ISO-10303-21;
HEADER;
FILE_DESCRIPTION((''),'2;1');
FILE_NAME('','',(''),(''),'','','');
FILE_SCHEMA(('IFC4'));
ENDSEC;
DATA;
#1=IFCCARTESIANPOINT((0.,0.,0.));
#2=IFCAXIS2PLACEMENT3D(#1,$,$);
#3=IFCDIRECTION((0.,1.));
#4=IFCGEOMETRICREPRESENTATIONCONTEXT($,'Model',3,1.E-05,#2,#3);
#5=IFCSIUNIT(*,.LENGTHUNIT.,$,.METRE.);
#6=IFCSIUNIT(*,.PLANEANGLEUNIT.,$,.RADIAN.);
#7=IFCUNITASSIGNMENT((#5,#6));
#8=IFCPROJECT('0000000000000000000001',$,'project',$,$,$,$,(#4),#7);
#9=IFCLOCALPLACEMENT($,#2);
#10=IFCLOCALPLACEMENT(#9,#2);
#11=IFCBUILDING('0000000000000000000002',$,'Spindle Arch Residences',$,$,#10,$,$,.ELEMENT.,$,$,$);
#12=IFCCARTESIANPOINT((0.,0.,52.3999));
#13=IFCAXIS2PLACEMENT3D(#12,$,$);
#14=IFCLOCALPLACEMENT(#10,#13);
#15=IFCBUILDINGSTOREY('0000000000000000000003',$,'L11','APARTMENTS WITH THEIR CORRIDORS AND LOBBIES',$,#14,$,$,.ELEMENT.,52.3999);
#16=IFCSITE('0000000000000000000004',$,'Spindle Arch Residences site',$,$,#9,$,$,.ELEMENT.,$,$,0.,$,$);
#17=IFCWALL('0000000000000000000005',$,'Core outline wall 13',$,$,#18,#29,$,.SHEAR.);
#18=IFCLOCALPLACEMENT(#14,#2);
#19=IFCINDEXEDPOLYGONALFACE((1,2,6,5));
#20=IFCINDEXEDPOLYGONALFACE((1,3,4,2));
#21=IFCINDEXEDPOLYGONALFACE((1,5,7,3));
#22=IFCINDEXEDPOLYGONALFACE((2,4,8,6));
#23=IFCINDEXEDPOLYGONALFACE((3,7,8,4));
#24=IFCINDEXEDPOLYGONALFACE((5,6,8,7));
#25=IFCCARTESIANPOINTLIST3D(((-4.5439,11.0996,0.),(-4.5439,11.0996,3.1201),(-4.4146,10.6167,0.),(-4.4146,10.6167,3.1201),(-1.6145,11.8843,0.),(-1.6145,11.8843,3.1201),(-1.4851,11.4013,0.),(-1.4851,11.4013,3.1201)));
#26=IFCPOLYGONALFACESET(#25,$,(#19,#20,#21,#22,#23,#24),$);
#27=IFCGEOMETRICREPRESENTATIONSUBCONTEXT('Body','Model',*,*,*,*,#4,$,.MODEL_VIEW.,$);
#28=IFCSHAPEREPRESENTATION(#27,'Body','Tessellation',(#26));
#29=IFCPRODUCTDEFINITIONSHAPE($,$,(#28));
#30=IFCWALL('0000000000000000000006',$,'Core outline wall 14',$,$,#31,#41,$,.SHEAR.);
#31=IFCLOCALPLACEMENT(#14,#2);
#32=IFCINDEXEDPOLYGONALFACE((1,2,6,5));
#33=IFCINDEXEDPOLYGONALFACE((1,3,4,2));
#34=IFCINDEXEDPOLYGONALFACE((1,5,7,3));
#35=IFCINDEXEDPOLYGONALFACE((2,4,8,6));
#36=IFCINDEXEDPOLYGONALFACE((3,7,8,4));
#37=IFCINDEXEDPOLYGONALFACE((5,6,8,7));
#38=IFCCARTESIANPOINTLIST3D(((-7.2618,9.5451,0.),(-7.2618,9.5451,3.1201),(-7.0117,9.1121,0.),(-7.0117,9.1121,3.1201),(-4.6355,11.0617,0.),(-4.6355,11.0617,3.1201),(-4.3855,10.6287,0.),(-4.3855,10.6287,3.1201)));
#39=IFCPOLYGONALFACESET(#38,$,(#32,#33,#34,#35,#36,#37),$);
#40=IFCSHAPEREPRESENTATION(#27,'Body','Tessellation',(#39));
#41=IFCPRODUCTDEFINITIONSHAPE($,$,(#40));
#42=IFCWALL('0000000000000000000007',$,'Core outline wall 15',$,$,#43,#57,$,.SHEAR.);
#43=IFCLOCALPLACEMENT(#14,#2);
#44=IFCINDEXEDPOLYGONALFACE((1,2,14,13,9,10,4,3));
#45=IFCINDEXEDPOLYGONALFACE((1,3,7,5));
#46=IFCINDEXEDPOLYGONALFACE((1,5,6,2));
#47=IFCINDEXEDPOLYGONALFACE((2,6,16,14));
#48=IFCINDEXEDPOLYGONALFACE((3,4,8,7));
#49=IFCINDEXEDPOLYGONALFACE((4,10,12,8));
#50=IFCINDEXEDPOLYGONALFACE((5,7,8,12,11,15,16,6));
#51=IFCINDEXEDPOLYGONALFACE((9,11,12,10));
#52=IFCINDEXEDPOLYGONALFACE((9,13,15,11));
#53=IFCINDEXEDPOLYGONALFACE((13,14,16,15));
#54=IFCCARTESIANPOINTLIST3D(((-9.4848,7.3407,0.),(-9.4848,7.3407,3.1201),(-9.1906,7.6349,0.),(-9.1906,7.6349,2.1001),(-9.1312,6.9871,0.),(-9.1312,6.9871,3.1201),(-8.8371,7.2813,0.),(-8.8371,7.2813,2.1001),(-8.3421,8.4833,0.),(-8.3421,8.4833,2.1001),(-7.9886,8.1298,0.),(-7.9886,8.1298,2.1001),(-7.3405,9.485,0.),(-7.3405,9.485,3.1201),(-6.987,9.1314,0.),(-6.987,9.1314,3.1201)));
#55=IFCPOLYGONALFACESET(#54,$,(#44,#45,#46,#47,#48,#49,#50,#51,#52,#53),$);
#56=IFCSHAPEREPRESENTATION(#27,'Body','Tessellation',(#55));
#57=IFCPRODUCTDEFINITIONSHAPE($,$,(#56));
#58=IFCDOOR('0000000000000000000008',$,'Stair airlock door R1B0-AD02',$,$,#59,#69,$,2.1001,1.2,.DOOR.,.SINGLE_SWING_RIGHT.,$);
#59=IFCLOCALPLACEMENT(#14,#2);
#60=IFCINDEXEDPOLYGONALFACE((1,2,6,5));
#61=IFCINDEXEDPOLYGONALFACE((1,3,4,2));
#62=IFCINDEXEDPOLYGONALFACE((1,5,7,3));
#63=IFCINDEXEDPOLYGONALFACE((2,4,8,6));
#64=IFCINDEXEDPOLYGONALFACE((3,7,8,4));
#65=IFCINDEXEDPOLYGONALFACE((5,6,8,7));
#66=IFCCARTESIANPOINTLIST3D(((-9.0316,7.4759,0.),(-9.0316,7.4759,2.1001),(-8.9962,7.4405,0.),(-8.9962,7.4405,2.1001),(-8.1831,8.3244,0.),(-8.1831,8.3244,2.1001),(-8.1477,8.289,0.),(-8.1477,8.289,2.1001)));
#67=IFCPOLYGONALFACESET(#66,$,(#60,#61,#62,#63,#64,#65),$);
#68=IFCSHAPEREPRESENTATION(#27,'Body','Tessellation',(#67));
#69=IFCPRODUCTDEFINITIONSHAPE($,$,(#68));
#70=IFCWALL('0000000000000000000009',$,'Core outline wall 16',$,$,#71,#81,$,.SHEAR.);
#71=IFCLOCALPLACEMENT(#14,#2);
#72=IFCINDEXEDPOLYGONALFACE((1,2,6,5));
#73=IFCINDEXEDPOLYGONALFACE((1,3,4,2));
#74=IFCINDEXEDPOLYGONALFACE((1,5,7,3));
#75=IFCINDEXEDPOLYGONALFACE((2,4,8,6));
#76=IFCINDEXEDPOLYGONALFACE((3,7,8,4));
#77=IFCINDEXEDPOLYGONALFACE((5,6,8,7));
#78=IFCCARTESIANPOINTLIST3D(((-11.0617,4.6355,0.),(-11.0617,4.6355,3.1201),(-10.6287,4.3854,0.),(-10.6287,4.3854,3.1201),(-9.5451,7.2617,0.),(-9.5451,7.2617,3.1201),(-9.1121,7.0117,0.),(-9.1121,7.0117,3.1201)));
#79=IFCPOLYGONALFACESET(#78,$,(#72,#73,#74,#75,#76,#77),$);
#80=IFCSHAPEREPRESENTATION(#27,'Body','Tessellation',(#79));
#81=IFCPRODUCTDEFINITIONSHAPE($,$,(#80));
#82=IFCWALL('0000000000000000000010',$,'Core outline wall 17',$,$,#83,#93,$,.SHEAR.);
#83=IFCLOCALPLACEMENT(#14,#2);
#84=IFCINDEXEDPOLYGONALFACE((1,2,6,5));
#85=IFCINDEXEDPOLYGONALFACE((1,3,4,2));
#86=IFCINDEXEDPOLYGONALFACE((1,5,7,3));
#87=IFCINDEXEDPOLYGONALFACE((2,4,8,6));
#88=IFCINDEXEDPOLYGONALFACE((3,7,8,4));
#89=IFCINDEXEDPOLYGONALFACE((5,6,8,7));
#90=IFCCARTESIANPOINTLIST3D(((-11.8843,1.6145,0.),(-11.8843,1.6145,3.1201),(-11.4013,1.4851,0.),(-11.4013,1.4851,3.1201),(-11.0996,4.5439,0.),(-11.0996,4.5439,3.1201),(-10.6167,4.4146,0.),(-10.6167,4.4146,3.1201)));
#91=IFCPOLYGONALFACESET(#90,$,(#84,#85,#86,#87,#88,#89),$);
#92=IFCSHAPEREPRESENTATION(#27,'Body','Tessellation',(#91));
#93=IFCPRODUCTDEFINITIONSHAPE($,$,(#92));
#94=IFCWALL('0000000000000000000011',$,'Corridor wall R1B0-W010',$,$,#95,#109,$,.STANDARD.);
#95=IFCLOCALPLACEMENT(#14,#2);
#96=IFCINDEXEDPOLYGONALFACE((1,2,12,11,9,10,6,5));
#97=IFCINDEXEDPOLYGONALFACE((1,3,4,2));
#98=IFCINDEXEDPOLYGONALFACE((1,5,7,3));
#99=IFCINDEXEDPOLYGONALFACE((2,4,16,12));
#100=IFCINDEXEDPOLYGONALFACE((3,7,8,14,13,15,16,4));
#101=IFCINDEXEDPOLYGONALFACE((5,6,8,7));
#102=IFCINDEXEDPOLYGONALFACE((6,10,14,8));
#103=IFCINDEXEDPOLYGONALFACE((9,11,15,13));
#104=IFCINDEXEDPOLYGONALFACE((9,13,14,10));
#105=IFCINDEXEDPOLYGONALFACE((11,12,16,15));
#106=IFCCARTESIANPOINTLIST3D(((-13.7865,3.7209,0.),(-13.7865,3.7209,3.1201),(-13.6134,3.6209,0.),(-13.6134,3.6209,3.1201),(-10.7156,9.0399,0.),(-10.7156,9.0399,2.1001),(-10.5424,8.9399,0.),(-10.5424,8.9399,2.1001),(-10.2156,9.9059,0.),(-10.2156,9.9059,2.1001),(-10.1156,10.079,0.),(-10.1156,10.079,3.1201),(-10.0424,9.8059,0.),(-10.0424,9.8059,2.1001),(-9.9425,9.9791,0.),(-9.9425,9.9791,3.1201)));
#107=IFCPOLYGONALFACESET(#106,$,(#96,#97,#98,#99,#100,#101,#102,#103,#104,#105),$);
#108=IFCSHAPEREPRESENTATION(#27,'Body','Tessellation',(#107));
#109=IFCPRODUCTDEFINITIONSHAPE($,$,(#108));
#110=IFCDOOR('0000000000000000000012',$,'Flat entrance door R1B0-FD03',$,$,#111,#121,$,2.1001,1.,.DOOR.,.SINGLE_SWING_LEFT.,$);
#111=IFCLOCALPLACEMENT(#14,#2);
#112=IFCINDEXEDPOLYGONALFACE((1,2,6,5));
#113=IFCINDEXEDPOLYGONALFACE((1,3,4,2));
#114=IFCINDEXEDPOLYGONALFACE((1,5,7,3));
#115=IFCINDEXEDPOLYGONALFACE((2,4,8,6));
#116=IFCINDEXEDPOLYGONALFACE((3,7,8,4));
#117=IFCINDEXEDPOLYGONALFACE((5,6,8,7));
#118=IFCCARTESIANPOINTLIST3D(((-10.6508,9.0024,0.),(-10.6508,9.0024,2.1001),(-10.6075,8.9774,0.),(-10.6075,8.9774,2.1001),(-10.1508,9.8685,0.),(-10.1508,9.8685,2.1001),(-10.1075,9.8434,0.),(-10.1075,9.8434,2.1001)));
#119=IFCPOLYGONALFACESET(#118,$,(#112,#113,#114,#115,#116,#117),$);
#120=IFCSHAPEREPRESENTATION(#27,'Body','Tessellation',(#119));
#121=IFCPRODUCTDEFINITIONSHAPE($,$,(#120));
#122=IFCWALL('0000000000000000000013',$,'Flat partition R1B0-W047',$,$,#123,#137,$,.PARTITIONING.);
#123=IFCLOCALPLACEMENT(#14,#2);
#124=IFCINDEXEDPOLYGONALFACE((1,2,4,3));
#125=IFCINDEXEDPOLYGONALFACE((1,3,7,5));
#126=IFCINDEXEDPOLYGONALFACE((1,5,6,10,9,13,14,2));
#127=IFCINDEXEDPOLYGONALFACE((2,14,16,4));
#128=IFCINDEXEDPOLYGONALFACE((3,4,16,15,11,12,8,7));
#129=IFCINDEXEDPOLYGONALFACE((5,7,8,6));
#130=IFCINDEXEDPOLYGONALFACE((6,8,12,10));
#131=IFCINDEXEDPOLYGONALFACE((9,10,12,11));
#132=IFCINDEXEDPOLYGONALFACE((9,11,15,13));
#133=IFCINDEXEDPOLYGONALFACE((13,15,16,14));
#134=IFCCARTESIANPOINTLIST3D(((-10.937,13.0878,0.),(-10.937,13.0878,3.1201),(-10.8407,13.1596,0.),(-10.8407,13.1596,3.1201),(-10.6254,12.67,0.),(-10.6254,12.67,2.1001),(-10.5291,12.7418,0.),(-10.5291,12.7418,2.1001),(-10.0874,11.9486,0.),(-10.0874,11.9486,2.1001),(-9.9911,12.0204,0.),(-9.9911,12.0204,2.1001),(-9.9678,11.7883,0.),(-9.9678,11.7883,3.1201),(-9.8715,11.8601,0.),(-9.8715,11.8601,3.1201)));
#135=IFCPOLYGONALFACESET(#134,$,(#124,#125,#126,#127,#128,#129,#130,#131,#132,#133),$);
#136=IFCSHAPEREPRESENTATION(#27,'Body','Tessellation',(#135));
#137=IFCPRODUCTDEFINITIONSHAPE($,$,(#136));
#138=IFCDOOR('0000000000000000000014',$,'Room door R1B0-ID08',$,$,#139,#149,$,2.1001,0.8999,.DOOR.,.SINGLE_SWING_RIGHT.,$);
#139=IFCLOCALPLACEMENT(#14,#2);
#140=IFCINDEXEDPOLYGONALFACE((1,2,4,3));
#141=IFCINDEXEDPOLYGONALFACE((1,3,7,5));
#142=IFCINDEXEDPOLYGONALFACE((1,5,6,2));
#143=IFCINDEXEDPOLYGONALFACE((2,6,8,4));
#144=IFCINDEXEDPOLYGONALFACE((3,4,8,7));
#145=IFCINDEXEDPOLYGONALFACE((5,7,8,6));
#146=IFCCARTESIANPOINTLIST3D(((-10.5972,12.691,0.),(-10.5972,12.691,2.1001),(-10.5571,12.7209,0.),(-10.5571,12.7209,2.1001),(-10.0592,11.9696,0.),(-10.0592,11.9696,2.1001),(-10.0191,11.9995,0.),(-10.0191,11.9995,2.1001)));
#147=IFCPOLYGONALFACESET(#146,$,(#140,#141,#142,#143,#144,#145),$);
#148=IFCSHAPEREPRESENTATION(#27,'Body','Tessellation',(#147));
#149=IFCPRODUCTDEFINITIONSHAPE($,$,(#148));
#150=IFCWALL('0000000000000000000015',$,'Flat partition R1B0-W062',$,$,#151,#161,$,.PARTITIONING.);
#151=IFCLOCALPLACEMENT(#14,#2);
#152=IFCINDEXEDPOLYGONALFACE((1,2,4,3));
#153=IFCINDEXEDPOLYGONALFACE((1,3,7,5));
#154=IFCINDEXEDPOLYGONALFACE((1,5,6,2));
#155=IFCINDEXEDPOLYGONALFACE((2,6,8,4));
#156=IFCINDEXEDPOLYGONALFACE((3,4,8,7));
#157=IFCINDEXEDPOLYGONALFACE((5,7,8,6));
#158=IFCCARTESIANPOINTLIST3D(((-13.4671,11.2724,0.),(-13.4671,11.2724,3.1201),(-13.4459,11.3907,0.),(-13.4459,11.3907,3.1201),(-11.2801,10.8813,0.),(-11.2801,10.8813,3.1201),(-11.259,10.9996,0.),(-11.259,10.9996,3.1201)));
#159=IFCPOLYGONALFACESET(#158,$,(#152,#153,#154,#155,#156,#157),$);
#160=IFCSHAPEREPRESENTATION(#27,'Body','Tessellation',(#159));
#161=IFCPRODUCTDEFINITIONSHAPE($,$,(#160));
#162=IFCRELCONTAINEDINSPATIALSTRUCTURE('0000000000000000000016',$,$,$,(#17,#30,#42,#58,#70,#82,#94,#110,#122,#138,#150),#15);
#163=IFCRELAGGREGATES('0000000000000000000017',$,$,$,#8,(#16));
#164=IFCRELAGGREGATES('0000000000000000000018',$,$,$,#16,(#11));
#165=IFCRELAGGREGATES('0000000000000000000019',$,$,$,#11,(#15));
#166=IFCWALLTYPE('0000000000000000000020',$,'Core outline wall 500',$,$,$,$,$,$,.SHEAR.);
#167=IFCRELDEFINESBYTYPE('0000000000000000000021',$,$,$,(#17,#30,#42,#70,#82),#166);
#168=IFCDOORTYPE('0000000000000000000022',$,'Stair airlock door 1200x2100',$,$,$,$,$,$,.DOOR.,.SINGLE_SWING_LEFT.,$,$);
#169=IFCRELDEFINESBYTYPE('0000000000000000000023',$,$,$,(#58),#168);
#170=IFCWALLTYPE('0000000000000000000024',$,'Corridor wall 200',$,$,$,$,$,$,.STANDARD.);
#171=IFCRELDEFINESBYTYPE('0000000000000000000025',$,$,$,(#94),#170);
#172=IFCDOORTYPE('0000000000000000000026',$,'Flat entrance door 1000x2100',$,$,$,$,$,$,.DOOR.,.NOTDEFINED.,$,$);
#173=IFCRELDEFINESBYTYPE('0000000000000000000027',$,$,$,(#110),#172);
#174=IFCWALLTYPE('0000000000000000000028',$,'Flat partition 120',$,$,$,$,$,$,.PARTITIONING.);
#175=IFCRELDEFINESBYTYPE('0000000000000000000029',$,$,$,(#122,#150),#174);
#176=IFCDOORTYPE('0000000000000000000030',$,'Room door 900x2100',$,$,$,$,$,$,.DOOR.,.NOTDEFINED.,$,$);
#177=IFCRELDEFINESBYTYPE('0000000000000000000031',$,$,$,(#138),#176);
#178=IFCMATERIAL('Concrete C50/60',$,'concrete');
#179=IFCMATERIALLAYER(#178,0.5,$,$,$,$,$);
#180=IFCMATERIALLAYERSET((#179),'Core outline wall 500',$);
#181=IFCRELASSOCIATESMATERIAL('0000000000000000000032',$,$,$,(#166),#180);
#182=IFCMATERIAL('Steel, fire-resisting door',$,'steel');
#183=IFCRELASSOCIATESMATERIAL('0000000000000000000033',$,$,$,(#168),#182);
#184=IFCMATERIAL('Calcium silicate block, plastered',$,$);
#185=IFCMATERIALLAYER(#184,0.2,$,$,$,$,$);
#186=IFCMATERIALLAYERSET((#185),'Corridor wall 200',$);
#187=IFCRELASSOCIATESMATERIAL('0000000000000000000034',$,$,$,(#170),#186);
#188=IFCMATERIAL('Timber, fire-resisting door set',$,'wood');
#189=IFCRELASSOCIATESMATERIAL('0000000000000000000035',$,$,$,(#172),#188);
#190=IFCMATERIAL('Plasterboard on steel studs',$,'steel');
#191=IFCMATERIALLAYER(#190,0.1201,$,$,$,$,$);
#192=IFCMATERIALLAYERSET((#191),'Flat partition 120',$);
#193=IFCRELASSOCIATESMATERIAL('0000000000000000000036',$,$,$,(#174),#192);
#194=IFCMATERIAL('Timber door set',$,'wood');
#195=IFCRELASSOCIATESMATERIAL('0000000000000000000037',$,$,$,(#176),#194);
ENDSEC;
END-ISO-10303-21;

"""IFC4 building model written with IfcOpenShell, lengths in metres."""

from ifc_helpers import new_model, si_unit, direction, frame, frame_2d, origin, place, context, subcontext, project, spatial, rectangle, extrude, material, layer, layer_set, type_object, element, fill, save


model = new_model("IFC4")

# Units and contexts
model_context = context("Model", 3, precision=1e-05, world=origin(), true_north=direction((0.0, 1.0)))
body_context = subcontext(model_context, "Body", "Model", "MODEL_VIEW")
ifc_project = project(units=[si_unit("LENGTHUNIT", "METRE"), si_unit("PLANEANGLEUNIT", "RADIAN")], contexts=[model_context])

# Site, building, storey
site_placement = place(None, origin())
site = spatial("IfcSite", under=ifc_project, at=site_placement, Name="Spindle Arch Residences site", CompositionType="ELEMENT", RefElevation=0.0)
building_placement = place(site_placement, origin())
building = spatial("IfcBuilding", under=site, at=building_placement, Name="Spindle Arch Residences", CompositionType="ELEMENT")
storey_placement = place(building_placement, frame((0.0, 0.0, 52.3999)))
storey = spatial("IfcBuildingStorey", under=building, at=storey_placement, Name="L11", Description="APARTMENTS WITH THEIR CORRIDORS AND LOBBIES", CompositionType="ELEMENT", Elevation=52.3999)

# Walls
ifc_material_1 = material(Name="Concrete C50/60", Category="concrete")
ifc_layer_1 = layer(ifc_material_1, 0.5)
ifc_layer_set_1 = layer_set([ifc_layer_1], Name="Core outline wall 500")
wall_type_1 = type_object("IfcWallType", Name="Core outline wall 500", PredefinedType="SHEAR", material=ifc_layer_set_1)
for number, where, z_axis, x_axis, name in (
    (1, (-1.5498, 11.6428, 0.0), (0.0, 0.0, 1.0), (-0.965948, -0.258735, 0.0), "Core outline wall 13"),
    (2, (-4.5105, 10.8452, 0.0), (0.0, 0.0, 1.0), (-0.865975, -0.500087, 0.0), "Core outline wall 14"),
):
    element("IfcWall", number, at=place(storey_placement, frame(where, z_axis=z_axis, x_axis=x_axis)), inside=storey, type_object=wall_type_1, Name=name, PredefinedType="SHEAR", context=body_context, shape_type="SweptSolid", body=[
        extrude(rectangle(XDim=3.0327, YDim=0.5, at=frame_2d((1.5164, 0.0))), origin(), (0.0, 0.0, 1.0), 3.1201),
    ])

# Wall, opening, door
wall_1_placement = place(storey_placement, frame((-7.1638, 9.3081, 0.0), z_axis=(0.0, 0.0, 1.0), x_axis=(-0.707107, -0.707107, 0.0)))
wall_1 = element("IfcWall", 3, at=wall_1_placement, inside=storey, type_object=wall_type_1, Name="Core outline wall 15", PredefinedType="SHEAR", context=body_context, shape_type="SweptSolid", body=[
    extrude(rectangle(XDim=3.0325, YDim=0.5, at=frame_2d((1.5161, 0.0))), origin(), (0.0, 0.0, 1.0), 3.1201),
])
opening_1_placement = place(wall_1_placement, frame((1.4163, 0.0, 0.0)))
opening_1 = element("IfcOpeningElement", 4, at=opening_1_placement, cuts=wall_1, PredefinedType="OPENING", context=body_context, shape_type="SweptSolid", body=[
    extrude(rectangle(XDim=1.2, YDim=2.1001, at=frame_2d((0.6001, 1.05))), frame((0.0, 0.26, 0.0), z_axis=(0.0, -1.0, 0.0), x_axis=(1.0, 0.0, 0.0)), (0.0, 0.0, 1.0), 0.52),
])
ifc_material_2 = material(Name="Steel, fire-resisting door", Category="steel")
door_type_1 = type_object("IfcDoorType", Name="Stair airlock door 1200x2100", OperationType="SINGLE_SWING_LEFT", PredefinedType="DOOR", material=ifc_material_2)
door_1_placement = place(opening_1_placement, origin())
door_1 = element("IfcDoor", 5, at=door_1_placement, inside=storey, type_object=door_type_1, Name="Stair airlock door R1B0-AD02", OperationType="SINGLE_SWING_RIGHT", OverallHeight=2.1001, OverallWidth=1.2, PredefinedType="DOOR", context=body_context, shape_type="SweptSolid", body=[
    extrude(rectangle(XDim=1.2, YDim=2.1001, at=frame_2d((0.6001, 1.05))), frame((0.0, 0.0249, 0.0), z_axis=(0.0, -1.0, 0.0), x_axis=(1.0, 0.0, 0.0)), (0.0, 0.0, 1.0), 0.05),
])
fill(opening_1, door_1)

# Walls
for number, where, z_axis, x_axis, name in (
    (6, (-9.3286, 7.1367, 0.0), (0.0, 0.0, 1.0), (-0.500087, -0.865975, 0.0), "Core outline wall 16"),
    (7, (-10.8582, 4.4792, 0.0), (0.0, 0.0, 1.0), (-0.258735, -0.965948, 0.0), "Core outline wall 17"),
):
    element("IfcWall", number, at=place(storey_placement, frame(where, z_axis=z_axis, x_axis=x_axis)), inside=storey, type_object=wall_type_1, Name=name, PredefinedType="SHEAR", context=body_context, shape_type="SweptSolid", body=[
        extrude(rectangle(XDim=3.0327, YDim=0.5, at=frame_2d((1.5164, 0.0))), origin(), (0.0, 0.0, 1.0), 3.1201),
    ])

# Walls, openings, doors
ifc_material_3 = material(Name="Calcium silicate block, plastered")
ifc_layer_2 = layer(ifc_material_3, 0.2)
ifc_layer_set_2 = layer_set([ifc_layer_2], Name="Corridor wall 200")
wall_type_2 = type_object("IfcWallType", Name="Corridor wall 200", PredefinedType="STANDARD", material=ifc_layer_set_2)
wall_2_placement = place(storey_placement, frame((-10.0291, 10.0291, 0.0), z_axis=(0.0, 0.0, 1.0), x_axis=(-0.500002, -0.866024, 0.0)))
wall_2 = element("IfcWall", 8, at=wall_2_placement, inside=storey, type_object=wall_type_2, Name="Corridor wall R1B0-W010", PredefinedType="STANDARD", context=body_context, shape_type="SweptSolid", body=[
    extrude(rectangle(XDim=7.3418, YDim=0.2, at=frame_2d((3.6709, 0.0))), origin(), (0.0, 0.0, 1.0), 3.1201),
])
opening_2_placement = place(wall_2_placement, frame((0.2, 0.0, 0.0)))
opening_2 = element("IfcOpeningElement", 9, at=opening_2_placement, cuts=wall_2, PredefinedType="OPENING", context=body_context, shape_type="SweptSolid", body=[
    extrude(rectangle(XDim=1.0, YDim=2.1001, at=frame_2d((0.5, 1.05))), frame((0.0, 0.1099, 0.0), z_axis=(0.0, -1.0, 0.0), x_axis=(1.0, 0.0, 0.0)), (0.0, 0.0, 1.0), 0.22),
])
ifc_material_4 = material(Name="Timber, fire-resisting door set", Category="wood")
door_type_2 = type_object("IfcDoorType", Name="Flat entrance door 1000x2100", OperationType="NOTDEFINED", PredefinedType="DOOR", material=ifc_material_4)
door_2_placement = place(opening_2_placement, origin())
door_2 = element("IfcDoor", 10, at=door_2_placement, inside=storey, type_object=door_type_2, Name="Flat entrance door R1B0-FD03", OperationType="SINGLE_SWING_LEFT", OverallHeight=2.1001, OverallWidth=1.0, PredefinedType="DOOR", context=body_context, shape_type="SweptSolid", body=[
    extrude(rectangle(XDim=1.0, YDim=2.1001, at=frame_2d((0.5, 1.05))), frame((0.0, 0.0249, 0.0), z_axis=(0.0, -1.0, 0.0), x_axis=(1.0, 0.0, 0.0)), (0.0, 0.0, 1.0), 0.05),
])
fill(opening_2, door_2)
ifc_material_5 = material(Name="Plasterboard on steel studs", Category="steel")
ifc_layer_3 = layer(ifc_material_5, 0.1201)
ifc_layer_set_3 = layer_set([ifc_layer_3], Name="Flat partition 120")
wall_type_3 = type_object("IfcWallType", Name="Flat partition 120", PredefinedType="PARTITIONING", material=ifc_layer_set_3)
wall_3_placement = place(storey_placement, frame((-9.9197, 11.8242, 0.0), z_axis=(0.0, 0.0, 1.0), x_axis=(-0.597853, 0.801605, 0.0)))
wall_3 = element("IfcWall", 11, at=wall_3_placement, inside=storey, type_object=wall_type_3, Name="Flat partition R1B0-W047", PredefinedType="PARTITIONING", context=body_context, shape_type="SweptSolid", body=[
    extrude(rectangle(XDim=1.6211, YDim=0.1201, at=frame_2d((0.8105, 0.0))), origin(), (0.0, 0.0, 1.0), 3.1201),
])
opening_3_placement = place(wall_3_placement, frame((0.2, 0.0, 0.0)))
opening_3 = element("IfcOpeningElement", 12, at=opening_3_placement, cuts=wall_3, PredefinedType="OPENING", context=body_context, shape_type="SweptSolid", body=[
    extrude(rectangle(XDim=0.8999, YDim=2.1001, at=frame_2d((0.45, 1.05))), frame((0.0, 0.0701, 0.0), z_axis=(0.0, -1.0, 0.0), x_axis=(1.0, 0.0, 0.0)), (0.0, 0.0, 1.0), 0.1401),
])
ifc_material_6 = material(Name="Timber door set", Category="wood")
door_type_3 = type_object("IfcDoorType", Name="Room door 900x2100", OperationType="NOTDEFINED", PredefinedType="DOOR", material=ifc_material_6)
door_3_placement = place(opening_3_placement, origin())
door_3 = element("IfcDoor", 13, at=door_3_placement, inside=storey, type_object=door_type_3, Name="Room door R1B0-ID08", OperationType="SINGLE_SWING_RIGHT", OverallHeight=2.1001, OverallWidth=0.8999, PredefinedType="DOOR", context=body_context, shape_type="SweptSolid", body=[
    extrude(rectangle(XDim=0.8999, YDim=2.1001, at=frame_2d((0.45, 1.05))), frame((0.0, 0.0249, 0.0), z_axis=(0.0, -1.0, 0.0), x_axis=(1.0, 0.0, 0.0)), (0.0, 0.0, 1.0), 0.05),
])
fill(opening_3, door_3)

# Wall
wall_4_placement = place(storey_placement, frame((-11.2695, 10.9404, 0.0), z_axis=(0.0, 0.0, 1.0), x_axis=(-0.984383, 0.176042, 0.0)))
element("IfcWall", 14, at=wall_4_placement, inside=storey, type_object=wall_type_3, Name="Flat partition R1B0-W062", PredefinedType="PARTITIONING", context=body_context, shape_type="SweptSolid", body=[
    extrude(rectangle(XDim=2.2217, YDim=0.1201, at=frame_2d((1.1108, 0.0))), origin(), (0.0, 0.0, 1.0), 3.1201),
])

save(model, "model.ifc")
